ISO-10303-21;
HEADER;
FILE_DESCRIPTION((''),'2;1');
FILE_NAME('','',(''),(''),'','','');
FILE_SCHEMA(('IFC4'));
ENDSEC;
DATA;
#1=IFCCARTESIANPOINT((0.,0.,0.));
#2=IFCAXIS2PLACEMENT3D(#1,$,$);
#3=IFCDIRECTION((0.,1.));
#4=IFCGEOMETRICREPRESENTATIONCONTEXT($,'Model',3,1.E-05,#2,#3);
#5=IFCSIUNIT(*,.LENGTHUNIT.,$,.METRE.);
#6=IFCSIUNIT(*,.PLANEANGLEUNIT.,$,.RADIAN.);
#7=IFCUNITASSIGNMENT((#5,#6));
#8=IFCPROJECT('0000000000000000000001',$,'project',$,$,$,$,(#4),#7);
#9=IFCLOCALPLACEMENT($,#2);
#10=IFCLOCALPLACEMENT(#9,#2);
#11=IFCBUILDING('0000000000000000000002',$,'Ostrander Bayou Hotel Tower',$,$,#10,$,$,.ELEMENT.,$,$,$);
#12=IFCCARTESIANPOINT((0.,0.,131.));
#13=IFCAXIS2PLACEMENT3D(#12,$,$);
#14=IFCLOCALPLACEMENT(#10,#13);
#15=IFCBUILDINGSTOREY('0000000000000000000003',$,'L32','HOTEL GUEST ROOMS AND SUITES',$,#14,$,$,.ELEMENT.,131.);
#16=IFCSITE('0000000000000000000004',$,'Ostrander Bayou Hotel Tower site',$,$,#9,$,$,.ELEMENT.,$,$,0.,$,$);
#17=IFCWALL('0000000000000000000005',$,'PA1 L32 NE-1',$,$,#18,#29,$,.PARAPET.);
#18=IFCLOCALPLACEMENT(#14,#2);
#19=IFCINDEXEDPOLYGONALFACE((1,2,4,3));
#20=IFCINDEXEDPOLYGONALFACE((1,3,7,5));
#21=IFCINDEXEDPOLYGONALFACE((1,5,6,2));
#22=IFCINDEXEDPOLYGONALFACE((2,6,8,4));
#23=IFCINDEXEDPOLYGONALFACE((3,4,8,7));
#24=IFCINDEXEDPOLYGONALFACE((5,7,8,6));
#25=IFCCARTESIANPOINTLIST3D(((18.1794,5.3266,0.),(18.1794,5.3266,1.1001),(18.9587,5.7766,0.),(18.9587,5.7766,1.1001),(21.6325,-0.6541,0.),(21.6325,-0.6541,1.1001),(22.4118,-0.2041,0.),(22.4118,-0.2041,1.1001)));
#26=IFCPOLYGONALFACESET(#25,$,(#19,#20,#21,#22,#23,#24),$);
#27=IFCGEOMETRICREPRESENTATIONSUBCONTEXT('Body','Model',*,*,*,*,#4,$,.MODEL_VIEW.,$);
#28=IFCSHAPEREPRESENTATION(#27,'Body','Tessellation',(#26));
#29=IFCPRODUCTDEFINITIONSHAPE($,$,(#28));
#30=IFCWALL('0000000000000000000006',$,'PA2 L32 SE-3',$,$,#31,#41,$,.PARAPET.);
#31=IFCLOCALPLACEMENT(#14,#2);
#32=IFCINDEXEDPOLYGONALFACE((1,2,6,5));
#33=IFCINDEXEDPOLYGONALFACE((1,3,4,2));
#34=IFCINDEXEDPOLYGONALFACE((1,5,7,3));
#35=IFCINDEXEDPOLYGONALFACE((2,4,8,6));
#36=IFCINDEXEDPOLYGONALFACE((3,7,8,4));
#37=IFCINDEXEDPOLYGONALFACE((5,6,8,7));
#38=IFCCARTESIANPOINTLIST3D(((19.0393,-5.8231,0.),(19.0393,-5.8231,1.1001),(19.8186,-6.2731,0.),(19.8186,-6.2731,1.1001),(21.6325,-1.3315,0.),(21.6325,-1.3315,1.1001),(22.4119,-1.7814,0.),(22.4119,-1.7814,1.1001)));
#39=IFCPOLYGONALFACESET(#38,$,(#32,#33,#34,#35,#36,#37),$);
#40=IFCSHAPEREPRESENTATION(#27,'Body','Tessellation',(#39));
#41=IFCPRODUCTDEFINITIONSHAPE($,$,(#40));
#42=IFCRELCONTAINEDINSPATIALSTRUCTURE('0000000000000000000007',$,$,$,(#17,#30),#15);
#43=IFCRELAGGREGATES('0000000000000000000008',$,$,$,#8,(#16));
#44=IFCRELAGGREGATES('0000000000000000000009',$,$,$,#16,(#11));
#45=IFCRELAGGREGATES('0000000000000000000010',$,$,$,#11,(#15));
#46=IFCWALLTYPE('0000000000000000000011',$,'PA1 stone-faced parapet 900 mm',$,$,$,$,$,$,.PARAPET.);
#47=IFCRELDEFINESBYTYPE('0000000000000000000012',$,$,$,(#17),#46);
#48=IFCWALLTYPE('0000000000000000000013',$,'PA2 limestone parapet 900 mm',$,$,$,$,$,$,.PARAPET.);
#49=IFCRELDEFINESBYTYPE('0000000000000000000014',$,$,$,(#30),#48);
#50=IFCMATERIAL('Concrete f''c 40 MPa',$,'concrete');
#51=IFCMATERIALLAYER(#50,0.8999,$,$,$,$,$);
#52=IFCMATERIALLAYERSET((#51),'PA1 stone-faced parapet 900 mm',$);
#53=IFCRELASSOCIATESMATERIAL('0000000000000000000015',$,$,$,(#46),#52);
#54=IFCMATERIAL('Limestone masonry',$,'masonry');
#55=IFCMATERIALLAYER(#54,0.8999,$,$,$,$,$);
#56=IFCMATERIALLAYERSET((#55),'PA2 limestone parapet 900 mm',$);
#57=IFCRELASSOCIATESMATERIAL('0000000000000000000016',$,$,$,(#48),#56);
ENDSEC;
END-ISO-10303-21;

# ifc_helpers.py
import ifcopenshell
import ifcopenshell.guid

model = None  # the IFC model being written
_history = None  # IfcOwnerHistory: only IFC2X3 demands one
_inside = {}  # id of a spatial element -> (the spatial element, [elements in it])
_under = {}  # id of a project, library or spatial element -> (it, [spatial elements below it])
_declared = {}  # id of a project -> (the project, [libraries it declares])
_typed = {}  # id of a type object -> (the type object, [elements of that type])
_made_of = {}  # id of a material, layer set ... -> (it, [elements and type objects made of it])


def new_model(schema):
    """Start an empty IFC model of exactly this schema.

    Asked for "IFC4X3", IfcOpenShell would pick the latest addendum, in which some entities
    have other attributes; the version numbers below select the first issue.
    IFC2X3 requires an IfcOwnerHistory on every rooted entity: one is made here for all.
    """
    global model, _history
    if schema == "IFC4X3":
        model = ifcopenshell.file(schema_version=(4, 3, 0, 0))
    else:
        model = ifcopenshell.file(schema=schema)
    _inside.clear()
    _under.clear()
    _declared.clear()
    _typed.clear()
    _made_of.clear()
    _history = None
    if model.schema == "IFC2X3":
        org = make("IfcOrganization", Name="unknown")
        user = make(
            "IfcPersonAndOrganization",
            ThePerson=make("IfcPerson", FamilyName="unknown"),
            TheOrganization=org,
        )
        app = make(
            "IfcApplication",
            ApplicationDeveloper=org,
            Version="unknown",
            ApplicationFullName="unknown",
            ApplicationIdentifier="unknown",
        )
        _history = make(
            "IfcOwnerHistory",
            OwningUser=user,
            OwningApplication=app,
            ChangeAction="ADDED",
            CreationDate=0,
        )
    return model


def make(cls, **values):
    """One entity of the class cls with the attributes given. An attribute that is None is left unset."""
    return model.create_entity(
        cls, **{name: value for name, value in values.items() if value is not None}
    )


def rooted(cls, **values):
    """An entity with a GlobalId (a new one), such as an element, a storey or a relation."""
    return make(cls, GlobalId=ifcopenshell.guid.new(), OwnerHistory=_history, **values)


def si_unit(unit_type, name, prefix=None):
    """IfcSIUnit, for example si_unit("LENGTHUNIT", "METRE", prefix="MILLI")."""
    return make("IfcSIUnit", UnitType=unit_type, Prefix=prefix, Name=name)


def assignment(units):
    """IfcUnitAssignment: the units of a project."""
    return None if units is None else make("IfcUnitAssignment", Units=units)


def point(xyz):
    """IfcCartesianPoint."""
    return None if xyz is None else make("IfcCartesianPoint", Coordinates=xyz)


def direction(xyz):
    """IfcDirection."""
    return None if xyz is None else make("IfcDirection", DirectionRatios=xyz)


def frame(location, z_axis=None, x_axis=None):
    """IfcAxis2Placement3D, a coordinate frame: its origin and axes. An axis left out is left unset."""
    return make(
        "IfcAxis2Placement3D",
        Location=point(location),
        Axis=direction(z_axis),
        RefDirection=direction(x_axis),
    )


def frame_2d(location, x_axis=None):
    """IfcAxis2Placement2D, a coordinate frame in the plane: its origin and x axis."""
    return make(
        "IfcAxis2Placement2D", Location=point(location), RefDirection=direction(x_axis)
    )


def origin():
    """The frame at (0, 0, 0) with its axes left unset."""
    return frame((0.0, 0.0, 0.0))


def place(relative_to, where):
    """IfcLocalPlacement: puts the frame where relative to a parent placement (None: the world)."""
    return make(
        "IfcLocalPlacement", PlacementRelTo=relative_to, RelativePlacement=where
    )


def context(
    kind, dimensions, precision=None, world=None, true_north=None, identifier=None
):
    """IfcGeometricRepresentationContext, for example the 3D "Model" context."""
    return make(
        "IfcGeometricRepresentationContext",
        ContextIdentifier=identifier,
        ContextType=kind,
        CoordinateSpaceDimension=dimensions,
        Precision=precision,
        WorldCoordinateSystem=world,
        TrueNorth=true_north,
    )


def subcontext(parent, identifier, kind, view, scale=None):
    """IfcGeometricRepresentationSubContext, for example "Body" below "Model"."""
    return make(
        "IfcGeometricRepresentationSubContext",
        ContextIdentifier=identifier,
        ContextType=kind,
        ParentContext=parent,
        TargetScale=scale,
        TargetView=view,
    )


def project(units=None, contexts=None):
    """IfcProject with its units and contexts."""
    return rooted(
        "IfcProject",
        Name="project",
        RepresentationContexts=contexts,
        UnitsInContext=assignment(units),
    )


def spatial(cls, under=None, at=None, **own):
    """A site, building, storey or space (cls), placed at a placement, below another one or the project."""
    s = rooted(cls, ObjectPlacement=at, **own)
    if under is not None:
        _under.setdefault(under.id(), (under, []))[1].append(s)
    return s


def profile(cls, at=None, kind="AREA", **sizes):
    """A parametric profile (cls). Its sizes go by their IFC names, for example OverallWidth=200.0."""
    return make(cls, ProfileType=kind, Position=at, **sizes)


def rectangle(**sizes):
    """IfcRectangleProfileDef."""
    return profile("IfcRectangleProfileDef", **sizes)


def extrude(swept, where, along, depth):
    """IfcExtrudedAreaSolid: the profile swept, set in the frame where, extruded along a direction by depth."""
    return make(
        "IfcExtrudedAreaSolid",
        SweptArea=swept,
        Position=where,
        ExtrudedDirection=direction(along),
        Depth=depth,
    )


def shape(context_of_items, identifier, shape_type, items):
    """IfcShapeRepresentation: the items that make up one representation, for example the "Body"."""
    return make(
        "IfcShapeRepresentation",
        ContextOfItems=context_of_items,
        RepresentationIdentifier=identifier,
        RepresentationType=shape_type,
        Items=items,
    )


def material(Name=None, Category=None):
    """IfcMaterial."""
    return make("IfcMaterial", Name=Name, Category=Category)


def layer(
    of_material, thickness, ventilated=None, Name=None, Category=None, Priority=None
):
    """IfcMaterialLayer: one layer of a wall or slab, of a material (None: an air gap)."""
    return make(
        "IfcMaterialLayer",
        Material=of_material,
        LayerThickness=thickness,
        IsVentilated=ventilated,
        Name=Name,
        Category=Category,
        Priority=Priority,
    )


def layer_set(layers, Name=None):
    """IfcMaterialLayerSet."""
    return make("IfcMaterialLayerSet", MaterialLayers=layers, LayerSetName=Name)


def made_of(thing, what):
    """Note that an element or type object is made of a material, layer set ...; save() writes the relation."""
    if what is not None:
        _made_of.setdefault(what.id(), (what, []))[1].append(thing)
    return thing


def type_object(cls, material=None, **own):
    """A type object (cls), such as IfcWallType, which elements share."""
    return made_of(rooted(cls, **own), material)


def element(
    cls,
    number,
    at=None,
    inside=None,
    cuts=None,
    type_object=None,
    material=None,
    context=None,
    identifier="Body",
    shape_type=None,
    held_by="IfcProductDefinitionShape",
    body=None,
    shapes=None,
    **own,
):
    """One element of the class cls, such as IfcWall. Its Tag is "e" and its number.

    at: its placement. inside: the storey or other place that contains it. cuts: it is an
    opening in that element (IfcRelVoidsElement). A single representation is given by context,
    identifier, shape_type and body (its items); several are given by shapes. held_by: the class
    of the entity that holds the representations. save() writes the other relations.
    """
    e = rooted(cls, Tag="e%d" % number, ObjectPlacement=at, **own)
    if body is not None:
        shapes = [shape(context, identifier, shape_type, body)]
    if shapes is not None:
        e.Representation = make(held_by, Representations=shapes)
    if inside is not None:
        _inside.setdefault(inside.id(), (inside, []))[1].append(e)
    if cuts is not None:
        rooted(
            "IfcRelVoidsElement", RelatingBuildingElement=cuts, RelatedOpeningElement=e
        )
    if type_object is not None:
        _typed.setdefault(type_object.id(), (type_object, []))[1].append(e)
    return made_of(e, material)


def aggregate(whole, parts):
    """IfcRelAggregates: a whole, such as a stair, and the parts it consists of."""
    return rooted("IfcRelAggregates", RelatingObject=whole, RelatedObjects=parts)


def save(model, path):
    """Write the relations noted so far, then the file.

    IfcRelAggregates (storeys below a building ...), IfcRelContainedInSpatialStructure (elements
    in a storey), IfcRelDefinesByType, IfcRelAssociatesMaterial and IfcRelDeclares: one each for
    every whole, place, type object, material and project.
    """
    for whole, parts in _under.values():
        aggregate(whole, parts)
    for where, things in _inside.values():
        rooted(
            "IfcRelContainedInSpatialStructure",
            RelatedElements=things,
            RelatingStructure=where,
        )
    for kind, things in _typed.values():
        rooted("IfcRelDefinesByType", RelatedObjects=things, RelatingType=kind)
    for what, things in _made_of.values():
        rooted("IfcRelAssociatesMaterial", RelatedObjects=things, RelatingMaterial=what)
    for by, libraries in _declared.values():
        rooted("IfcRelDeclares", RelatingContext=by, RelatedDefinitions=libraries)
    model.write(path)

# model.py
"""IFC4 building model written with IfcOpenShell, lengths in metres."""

from ifc_helpers import new_model, si_unit, direction, frame, frame_2d, origin, place, context, subcontext, project, spatial, rectangle, extrude, material, layer, layer_set, type_object, element, save


model = new_model("IFC4")

# Units and contexts
model_context = context("Model", 3, precision=1e-05, world=origin(), true_north=direction((0.0, 1.0)))
body_context = subcontext(model_context, "Body", "Model", "MODEL_VIEW")
ifc_project = project(units=[si_unit("LENGTHUNIT", "METRE"), si_unit("PLANEANGLEUNIT", "RADIAN")], contexts=[model_context])

# Site, building, storey
site_placement = place(None, origin())
site = spatial("IfcSite", under=ifc_project, at=site_placement, Name="Ostrander Bayou Hotel Tower site", CompositionType="ELEMENT", RefElevation=0.0)
building_placement = place(site_placement, origin())
building = spatial("IfcBuilding", under=site, at=building_placement, Name="Ostrander Bayou Hotel Tower", CompositionType="ELEMENT")
storey_placement = place(building_placement, frame((0.0, 0.0, 131.0)))
storey = spatial("IfcBuildingStorey", under=building, at=storey_placement, Name="L32", Description="HOTEL GUEST ROOMS AND SUITES", CompositionType="ELEMENT", Elevation=131.0)

# Walls
ifc_material_1 = material(Name="Concrete f'c 40 MPa", Category="concrete")
ifc_layer_1 = layer(ifc_material_1, 0.8999)
ifc_layer_set_1 = layer_set([ifc_layer_1], Name="PA1 stone-faced parapet 900 mm")
wall_type_1 = type_object("IfcWallType", Name="PA1 stone-faced parapet 900 mm", PredefinedType="PARAPET", material=ifc_layer_set_1)
wall_1_placement = place(storey_placement, frame((22.0222, -0.4292, 0.0), z_axis=(0.0, 0.0, 1.0), x_axis=(-0.500017, 0.866015, 0.0)))
element("IfcWall", 1, at=wall_1_placement, inside=storey, type_object=wall_type_1, Name="PA1 L32 NE-1", PredefinedType="PARAPET", context=body_context, shape_type="SweptSolid", body=[
    extrude(rectangle(XDim=6.906, YDim=0.8999, at=frame_2d((3.4531, 0.0))), origin(), (0.0, 0.0, 1.0), 1.1001),
])
ifc_material_2 = material(Name="Limestone masonry", Category="masonry")
ifc_layer_2 = layer(ifc_material_2, 0.8999)
ifc_layer_set_2 = layer_set([ifc_layer_2], Name="PA2 limestone parapet 900 mm")
wall_type_2 = type_object("IfcWallType", Name="PA2 limestone parapet 900 mm", PredefinedType="PARAPET", material=ifc_layer_set_2)
wall_2_placement = place(storey_placement, frame((19.429, -6.0481, 0.0), z_axis=(0.0, 0.0, 1.0), x_axis=(0.499997, 0.866027, 0.0)))
element("IfcWall", 2, at=wall_2_placement, inside=storey, type_object=wall_type_2, Name="PA2 L32 SE-3", PredefinedType="PARAPET", context=body_context, shape_type="SweptSolid", body=[
    extrude(rectangle(XDim=5.1865, YDim=0.8999, at=frame_2d((2.5933, 0.0))), origin(), (0.0, 0.0, 1.0), 1.1001),
])

save(model, "model.ifc")
